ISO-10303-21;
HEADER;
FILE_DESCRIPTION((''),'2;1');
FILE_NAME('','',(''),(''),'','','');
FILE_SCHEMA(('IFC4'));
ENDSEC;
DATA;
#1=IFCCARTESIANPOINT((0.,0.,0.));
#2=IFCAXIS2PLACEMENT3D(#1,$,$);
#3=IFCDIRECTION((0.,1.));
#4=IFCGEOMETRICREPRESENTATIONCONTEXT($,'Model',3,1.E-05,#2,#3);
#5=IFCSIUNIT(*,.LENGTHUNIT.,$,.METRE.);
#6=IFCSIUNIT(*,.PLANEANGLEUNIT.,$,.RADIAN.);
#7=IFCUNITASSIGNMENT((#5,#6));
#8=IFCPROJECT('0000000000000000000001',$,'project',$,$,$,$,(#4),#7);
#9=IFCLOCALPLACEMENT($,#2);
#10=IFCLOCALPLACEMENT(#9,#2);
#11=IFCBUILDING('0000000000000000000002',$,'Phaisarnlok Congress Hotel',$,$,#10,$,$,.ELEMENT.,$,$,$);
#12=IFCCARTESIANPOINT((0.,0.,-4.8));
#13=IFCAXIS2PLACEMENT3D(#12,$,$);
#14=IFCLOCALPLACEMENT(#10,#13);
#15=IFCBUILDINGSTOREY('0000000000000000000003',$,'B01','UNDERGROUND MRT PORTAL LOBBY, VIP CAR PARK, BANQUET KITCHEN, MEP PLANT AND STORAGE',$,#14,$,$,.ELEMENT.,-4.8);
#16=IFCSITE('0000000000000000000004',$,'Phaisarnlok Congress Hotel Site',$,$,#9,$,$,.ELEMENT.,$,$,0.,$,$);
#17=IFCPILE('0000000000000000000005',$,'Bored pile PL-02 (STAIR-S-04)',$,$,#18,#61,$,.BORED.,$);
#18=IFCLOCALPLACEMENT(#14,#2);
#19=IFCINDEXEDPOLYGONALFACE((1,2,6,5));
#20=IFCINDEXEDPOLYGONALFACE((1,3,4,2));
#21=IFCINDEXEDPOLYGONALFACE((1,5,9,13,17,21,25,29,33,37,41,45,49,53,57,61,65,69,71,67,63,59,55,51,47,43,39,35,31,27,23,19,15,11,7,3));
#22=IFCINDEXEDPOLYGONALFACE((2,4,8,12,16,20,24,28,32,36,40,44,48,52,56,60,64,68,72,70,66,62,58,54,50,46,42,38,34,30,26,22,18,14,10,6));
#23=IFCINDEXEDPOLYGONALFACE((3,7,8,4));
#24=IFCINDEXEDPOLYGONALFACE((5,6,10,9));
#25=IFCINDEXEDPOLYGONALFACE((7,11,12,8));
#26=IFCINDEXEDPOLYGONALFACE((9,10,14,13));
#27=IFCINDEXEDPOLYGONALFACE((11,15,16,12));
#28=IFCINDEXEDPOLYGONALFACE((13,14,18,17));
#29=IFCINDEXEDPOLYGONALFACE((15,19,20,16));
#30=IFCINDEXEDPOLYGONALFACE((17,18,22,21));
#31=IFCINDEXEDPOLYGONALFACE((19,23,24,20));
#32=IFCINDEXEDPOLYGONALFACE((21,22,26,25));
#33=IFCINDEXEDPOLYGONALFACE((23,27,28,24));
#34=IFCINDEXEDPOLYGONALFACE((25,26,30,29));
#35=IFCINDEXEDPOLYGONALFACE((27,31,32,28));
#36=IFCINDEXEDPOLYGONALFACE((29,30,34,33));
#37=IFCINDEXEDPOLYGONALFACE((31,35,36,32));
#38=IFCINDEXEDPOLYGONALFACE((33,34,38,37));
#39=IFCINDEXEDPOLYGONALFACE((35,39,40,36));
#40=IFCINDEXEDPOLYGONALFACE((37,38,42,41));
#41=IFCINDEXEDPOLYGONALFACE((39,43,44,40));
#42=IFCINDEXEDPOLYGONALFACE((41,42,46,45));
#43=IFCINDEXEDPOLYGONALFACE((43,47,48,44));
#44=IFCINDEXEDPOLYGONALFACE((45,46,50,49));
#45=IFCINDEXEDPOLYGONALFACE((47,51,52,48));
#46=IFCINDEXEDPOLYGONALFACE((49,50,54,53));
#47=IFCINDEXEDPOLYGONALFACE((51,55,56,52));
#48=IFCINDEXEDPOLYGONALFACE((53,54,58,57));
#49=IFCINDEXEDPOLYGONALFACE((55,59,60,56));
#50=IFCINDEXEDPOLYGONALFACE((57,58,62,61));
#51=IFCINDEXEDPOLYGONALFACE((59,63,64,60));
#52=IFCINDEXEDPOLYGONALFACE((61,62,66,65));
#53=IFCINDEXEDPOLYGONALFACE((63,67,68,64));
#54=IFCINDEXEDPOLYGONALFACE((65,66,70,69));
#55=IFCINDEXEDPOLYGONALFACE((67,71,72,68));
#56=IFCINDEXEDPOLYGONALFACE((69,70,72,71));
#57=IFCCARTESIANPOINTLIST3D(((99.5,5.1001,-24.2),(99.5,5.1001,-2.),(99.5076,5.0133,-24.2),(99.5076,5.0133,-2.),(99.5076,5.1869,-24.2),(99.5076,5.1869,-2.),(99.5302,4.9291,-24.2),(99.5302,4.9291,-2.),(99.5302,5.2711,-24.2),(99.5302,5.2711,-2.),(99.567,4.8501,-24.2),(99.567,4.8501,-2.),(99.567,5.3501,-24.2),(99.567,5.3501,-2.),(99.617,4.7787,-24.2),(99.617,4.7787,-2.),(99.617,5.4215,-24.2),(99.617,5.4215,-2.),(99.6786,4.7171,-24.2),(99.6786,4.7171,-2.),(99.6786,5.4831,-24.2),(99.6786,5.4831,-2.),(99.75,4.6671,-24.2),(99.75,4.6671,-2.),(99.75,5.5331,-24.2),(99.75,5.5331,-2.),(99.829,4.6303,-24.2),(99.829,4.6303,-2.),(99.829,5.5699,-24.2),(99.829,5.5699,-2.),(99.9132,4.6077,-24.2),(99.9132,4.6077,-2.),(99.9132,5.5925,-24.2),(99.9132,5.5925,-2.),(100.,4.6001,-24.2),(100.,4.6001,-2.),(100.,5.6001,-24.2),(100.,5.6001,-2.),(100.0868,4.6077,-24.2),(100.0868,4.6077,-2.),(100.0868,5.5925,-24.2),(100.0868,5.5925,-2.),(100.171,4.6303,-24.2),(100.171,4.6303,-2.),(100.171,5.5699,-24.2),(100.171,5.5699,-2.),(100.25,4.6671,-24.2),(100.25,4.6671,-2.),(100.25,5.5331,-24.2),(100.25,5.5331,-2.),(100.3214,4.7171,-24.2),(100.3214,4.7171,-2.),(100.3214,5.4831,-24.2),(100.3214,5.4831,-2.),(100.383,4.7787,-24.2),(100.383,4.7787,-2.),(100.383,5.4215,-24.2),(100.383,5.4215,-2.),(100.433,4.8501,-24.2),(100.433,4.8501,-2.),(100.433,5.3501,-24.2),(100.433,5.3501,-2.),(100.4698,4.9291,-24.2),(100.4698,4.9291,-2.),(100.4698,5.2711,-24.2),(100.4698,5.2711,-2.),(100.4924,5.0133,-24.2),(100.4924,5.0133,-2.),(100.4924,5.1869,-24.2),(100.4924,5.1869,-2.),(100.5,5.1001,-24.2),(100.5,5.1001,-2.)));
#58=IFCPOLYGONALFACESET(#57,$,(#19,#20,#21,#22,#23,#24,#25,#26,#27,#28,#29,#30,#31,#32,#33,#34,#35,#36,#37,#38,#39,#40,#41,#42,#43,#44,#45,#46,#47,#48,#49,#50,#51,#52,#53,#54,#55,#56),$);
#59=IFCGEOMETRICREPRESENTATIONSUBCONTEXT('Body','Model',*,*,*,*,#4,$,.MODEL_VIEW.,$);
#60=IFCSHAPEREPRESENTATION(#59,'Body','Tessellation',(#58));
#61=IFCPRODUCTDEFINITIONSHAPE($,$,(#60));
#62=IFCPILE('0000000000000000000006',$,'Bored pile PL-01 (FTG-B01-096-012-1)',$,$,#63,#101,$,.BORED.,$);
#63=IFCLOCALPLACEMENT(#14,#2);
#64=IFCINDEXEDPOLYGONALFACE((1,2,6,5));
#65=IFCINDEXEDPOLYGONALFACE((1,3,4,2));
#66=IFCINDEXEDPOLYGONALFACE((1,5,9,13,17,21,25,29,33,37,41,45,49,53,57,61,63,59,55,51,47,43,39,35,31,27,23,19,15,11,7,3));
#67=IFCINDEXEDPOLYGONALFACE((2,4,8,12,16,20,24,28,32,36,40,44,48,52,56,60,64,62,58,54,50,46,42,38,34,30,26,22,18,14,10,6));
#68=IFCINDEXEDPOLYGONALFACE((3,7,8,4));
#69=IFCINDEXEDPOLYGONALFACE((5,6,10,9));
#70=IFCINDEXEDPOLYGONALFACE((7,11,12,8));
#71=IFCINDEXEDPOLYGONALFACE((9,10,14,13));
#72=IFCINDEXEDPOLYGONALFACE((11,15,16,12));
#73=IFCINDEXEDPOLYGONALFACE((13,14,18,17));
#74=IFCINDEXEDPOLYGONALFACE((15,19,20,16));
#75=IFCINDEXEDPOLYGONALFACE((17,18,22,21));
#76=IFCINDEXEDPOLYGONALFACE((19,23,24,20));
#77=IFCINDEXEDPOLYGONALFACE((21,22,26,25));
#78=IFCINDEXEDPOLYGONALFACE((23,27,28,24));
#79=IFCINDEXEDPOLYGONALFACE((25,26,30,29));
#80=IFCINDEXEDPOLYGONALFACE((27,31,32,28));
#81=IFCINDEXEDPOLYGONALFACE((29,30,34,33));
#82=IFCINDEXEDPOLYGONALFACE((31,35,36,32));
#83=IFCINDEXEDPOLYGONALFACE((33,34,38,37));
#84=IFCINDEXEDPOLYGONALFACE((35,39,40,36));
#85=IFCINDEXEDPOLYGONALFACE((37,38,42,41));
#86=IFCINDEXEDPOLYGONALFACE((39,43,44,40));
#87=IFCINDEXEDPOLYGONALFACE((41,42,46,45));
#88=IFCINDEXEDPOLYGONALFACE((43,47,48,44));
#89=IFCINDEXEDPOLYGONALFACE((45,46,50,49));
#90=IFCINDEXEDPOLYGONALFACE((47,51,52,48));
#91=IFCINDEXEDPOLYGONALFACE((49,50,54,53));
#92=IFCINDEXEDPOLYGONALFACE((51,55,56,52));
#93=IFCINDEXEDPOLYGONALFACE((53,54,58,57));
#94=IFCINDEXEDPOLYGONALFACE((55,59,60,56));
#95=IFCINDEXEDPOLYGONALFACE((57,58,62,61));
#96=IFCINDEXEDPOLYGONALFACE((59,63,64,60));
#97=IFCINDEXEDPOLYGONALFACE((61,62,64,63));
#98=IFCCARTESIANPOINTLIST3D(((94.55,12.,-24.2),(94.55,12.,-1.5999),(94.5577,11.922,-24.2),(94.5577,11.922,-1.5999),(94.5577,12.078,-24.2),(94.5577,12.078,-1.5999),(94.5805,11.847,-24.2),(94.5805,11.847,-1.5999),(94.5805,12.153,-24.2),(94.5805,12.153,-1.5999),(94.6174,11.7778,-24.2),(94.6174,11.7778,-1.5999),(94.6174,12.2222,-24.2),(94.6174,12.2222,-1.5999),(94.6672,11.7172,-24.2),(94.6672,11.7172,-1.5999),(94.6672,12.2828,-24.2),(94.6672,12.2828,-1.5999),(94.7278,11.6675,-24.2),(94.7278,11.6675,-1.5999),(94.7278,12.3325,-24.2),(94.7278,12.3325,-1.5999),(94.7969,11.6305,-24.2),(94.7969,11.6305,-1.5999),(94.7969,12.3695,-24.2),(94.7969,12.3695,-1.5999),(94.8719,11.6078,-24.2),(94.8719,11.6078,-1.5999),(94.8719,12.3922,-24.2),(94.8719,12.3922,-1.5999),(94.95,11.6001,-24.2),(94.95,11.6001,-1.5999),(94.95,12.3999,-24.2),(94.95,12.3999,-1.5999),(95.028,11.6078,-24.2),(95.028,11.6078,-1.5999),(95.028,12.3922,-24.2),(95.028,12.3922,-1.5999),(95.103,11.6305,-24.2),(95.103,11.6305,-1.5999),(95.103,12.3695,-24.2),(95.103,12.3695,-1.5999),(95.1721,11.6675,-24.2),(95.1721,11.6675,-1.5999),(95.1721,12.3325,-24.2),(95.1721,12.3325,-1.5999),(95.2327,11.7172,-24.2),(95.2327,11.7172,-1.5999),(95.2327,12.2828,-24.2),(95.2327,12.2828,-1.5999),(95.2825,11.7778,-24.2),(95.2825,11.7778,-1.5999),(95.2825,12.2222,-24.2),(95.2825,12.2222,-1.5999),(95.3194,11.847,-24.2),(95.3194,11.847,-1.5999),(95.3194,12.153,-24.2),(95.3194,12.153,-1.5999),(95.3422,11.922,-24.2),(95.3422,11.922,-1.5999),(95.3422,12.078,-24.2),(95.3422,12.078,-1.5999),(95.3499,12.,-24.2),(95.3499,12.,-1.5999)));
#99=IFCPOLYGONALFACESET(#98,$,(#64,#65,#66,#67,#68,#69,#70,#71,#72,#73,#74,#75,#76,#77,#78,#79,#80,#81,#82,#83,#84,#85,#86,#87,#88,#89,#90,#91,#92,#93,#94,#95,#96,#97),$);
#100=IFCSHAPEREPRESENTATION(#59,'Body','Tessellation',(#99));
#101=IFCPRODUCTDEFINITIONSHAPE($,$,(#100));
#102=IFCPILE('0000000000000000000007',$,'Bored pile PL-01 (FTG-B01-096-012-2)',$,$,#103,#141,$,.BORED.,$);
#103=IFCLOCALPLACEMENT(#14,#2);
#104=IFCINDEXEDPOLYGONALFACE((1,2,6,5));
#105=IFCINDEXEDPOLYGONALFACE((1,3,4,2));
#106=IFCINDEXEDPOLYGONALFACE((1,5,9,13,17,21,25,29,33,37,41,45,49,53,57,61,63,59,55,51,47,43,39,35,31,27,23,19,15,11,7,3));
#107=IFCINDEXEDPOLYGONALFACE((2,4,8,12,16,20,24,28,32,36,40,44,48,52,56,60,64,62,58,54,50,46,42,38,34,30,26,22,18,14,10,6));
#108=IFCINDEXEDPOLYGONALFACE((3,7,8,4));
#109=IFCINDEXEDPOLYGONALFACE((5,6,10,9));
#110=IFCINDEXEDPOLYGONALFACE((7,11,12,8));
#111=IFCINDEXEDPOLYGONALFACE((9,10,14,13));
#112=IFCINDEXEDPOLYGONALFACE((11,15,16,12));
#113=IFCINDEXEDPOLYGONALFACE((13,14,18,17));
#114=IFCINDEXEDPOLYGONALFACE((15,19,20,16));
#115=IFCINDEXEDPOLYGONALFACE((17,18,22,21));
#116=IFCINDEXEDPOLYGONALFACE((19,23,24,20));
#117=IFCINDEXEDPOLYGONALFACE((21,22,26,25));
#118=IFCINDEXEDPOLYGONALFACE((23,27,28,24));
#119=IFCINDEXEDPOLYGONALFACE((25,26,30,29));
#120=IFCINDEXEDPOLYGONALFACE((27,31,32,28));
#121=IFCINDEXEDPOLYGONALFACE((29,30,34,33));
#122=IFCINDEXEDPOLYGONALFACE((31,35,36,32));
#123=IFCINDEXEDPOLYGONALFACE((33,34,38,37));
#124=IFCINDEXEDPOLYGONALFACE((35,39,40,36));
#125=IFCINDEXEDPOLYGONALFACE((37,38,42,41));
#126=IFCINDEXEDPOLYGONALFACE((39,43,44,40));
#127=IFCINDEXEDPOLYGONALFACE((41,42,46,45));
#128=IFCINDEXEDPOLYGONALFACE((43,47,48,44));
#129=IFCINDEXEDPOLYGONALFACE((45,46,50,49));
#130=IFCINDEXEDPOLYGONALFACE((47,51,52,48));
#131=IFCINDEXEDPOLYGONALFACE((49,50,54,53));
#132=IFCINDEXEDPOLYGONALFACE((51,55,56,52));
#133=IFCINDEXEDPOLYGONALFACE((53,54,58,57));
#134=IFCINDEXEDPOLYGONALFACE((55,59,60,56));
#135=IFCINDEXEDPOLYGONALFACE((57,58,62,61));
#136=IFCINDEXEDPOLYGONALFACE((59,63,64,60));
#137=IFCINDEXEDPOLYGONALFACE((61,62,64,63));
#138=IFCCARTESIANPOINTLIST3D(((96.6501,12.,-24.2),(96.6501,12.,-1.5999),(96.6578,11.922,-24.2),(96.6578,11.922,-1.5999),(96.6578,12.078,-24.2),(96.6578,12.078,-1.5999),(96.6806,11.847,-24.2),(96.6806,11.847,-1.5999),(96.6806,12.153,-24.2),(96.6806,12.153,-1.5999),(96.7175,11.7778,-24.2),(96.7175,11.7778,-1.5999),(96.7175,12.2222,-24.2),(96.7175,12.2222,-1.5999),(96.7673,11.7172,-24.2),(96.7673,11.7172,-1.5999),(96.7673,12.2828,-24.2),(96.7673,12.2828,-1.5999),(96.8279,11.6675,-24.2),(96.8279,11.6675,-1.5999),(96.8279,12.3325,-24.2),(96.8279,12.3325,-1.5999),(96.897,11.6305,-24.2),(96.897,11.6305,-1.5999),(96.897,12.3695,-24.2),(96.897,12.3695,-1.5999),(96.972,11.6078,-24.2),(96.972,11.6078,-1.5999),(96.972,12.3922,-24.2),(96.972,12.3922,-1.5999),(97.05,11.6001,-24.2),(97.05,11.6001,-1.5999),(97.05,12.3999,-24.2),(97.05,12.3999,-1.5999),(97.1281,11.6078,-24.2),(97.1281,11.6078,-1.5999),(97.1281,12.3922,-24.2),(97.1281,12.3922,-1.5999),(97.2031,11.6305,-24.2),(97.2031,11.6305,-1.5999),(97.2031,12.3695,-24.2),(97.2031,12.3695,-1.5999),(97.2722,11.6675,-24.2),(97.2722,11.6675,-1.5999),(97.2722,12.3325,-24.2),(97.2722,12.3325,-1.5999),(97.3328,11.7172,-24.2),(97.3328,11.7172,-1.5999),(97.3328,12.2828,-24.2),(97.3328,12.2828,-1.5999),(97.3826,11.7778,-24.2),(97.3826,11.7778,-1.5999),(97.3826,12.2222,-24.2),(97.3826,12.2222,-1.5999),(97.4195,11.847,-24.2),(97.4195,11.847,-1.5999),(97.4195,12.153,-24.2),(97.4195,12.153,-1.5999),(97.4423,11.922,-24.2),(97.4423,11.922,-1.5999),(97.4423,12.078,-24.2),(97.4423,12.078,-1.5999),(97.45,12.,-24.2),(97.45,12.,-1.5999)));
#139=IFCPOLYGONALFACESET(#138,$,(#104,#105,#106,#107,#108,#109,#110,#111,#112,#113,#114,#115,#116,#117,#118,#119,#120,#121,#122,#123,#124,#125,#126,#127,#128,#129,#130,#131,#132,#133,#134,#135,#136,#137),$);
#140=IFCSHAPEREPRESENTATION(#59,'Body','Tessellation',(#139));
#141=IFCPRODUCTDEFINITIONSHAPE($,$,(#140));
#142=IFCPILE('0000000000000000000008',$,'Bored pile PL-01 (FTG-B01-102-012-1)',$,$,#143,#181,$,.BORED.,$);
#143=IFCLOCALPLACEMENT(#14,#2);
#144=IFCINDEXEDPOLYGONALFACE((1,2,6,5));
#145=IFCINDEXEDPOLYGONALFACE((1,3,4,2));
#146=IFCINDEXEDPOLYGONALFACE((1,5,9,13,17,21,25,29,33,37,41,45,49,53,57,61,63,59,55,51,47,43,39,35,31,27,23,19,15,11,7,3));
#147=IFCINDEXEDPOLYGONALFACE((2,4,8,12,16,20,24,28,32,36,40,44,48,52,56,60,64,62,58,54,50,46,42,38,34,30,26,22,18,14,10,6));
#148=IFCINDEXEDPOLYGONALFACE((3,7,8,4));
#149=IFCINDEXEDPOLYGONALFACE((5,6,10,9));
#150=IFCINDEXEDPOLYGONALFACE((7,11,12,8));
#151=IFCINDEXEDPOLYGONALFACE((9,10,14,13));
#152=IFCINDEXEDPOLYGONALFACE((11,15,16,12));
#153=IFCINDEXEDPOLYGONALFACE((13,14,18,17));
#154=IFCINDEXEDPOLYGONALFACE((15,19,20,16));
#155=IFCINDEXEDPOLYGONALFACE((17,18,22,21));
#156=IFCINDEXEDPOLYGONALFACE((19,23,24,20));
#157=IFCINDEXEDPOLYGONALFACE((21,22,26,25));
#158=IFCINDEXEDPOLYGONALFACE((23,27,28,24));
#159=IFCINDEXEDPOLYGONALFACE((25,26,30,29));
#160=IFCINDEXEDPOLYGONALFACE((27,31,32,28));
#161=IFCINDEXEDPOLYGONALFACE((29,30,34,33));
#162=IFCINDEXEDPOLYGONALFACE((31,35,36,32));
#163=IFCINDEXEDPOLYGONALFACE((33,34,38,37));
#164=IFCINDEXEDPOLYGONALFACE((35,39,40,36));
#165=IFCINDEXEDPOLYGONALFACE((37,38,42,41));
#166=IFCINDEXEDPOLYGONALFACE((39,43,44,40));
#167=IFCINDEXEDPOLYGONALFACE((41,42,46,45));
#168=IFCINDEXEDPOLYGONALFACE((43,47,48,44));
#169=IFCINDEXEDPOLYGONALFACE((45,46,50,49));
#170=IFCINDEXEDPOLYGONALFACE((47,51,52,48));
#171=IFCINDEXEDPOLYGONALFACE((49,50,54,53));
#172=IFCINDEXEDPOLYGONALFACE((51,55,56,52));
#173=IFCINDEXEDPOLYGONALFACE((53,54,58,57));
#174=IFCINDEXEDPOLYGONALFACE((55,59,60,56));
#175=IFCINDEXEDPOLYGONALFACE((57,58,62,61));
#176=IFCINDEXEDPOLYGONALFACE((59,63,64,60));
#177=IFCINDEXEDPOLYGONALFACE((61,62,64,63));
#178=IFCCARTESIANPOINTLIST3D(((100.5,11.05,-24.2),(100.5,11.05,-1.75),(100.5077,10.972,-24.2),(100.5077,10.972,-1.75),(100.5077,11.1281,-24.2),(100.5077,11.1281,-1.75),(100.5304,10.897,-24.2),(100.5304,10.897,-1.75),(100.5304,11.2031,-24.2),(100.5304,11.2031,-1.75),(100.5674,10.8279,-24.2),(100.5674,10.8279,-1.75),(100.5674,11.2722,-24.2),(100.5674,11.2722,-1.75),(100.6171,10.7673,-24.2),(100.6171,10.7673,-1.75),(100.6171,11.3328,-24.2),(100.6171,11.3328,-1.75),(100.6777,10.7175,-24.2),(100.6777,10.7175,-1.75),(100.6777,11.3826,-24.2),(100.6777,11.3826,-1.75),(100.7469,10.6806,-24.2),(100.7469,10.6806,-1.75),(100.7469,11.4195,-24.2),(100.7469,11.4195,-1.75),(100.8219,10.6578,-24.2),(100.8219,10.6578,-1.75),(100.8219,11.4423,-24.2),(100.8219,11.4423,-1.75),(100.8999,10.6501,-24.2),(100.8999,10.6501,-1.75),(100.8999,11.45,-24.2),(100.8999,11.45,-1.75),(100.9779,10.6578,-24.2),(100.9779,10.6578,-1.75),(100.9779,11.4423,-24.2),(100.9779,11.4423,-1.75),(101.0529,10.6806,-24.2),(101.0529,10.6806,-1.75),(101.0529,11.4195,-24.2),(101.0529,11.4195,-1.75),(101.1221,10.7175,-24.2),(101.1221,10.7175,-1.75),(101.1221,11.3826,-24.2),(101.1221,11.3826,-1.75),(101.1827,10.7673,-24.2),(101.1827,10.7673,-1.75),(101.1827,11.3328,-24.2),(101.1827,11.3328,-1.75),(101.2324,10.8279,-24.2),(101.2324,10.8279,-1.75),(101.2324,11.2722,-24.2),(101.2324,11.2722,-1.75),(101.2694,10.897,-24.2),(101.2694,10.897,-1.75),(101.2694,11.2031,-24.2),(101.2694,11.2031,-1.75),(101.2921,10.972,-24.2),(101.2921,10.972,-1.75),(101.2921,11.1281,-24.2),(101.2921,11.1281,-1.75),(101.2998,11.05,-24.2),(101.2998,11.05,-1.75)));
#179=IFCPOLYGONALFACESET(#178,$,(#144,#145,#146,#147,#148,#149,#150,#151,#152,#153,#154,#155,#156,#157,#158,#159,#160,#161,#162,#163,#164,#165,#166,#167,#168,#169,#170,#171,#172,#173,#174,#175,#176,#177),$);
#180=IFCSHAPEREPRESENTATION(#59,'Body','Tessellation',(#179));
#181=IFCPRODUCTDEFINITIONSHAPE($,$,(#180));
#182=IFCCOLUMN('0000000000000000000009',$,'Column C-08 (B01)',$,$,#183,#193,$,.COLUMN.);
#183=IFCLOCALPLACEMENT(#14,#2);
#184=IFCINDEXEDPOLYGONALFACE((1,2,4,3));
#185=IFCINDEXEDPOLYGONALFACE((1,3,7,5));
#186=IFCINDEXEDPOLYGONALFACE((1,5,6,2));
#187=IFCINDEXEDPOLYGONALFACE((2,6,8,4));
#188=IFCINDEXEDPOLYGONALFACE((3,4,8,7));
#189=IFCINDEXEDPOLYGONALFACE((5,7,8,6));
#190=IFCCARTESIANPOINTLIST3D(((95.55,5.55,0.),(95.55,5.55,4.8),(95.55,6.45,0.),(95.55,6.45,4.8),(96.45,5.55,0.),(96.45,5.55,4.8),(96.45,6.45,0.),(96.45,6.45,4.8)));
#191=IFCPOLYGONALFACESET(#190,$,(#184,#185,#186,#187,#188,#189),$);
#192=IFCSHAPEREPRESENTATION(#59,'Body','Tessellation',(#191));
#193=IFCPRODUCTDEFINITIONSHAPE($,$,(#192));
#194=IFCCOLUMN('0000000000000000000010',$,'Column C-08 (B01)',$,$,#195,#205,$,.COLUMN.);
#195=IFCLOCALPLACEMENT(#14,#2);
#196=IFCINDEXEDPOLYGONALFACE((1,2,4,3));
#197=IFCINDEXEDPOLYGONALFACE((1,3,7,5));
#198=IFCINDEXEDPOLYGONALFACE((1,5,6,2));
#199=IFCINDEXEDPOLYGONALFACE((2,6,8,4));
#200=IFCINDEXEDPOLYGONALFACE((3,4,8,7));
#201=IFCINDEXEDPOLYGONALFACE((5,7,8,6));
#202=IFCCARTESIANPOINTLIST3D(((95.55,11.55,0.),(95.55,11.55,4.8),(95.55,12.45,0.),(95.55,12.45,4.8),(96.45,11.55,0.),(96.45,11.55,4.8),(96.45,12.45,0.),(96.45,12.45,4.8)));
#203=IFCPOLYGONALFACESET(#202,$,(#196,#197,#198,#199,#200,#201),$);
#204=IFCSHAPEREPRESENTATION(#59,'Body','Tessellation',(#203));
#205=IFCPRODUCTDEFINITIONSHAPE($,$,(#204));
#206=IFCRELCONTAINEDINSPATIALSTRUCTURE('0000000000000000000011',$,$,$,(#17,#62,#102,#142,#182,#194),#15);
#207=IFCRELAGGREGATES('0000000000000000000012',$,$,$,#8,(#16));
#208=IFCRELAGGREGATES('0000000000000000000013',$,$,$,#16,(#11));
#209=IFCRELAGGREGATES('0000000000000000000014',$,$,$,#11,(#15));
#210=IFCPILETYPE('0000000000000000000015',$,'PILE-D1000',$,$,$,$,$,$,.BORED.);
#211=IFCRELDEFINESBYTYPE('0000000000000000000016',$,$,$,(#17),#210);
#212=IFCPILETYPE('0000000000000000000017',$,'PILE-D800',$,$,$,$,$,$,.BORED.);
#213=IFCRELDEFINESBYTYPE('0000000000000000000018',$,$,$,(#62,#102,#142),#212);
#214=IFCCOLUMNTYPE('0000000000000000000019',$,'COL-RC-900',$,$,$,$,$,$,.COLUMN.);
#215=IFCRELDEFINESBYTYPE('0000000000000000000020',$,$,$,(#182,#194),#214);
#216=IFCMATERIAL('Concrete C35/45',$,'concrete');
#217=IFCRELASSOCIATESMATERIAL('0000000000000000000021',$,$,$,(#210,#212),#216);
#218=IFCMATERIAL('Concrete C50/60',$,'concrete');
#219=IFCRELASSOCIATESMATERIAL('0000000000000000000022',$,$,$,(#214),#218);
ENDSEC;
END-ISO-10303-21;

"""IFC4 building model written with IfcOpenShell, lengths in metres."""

from ifc_helpers import new_model, si_unit, direction, frame, origin, origin_2d, place, context, subcontext, project, spatial, rectangle, circle, extrude, material, material_profile, profile_set, type_object, element, save


model = new_model("IFC4")

# Units and contexts
model_context = context("Model", 3, precision=1e-05, world=origin(), true_north=direction((0.0, 1.0)))
body_context = subcontext(model_context, "Body", "Model", "MODEL_VIEW")
ifc_project = project(units=[si_unit("LENGTHUNIT", "METRE"), si_unit("PLANEANGLEUNIT", "RADIAN")], contexts=[model_context])

# Site, building, storey
site_placement = place(None, origin())
site = spatial("IfcSite", under=ifc_project, at=site_placement, Name="Phaisarnlok Congress Hotel Site", CompositionType="ELEMENT", RefElevation=0.0)
building_placement = place(site_placement, origin())
building = spatial("IfcBuilding", under=site, at=building_placement, Name="Phaisarnlok Congress Hotel", CompositionType="ELEMENT")
storey_placement = place(building_placement, frame((0.0, 0.0, -4.8)))
storey = spatial("IfcBuildingStorey", under=building, at=storey_placement, Name="B01", Description="UNDERGROUND MRT PORTAL LOBBY, VIP CAR PARK, BANQUET KITCHEN, MEP PLANT AND STORAGE", CompositionType="ELEMENT", Elevation=-4.8)

# Piles
ifc_material_1 = material(Name="Concrete C35/45", Category="concrete")
ifc_material_profile_1 = material_profile(ifc_material_1, circle(Radius=0.5, at=origin_2d()), Name="BORED PILE D1000")
ifc_profile_set_1 = profile_set([ifc_material_profile_1], Name="Concrete C35/45")
pile_type_1 = type_object("IfcPileType", Name="PILE-D1000", PredefinedType="BORED", material=ifc_profile_set_1)
for number, where, z_axis, x_axis, name in (
    (1, (100.0, 5.1001, -2.0), (0.0, 0.0, -1.0), (1.0, 0.0, 0.0), "Bored pile PL-02 (STAIR-S-04)"),
):
    element("IfcPile", number, at=place(storey_placement, frame(where, z_axis=z_axis, x_axis=x_axis)), inside=storey, type_object=pile_type_1, Name=name, PredefinedType="BORED", context=body_context, shape_type="SweptSolid", body=[
        extrude(circle(Radius=0.5, at=origin_2d()), origin(), (0.0, 0.0, 1.0), 22.2),
    ])
ifc_material_profile_2 = material_profile(ifc_material_1, circle(Radius=0.3999, at=origin_2d()), Name="BORED PILE D800")
ifc_profile_set_2 = profile_set([ifc_material_profile_2], Name="Concrete C35/45")
pile_type_2 = type_object("IfcPileType", Name="PILE-D800", PredefinedType="BORED", material=ifc_profile_set_2)
for number, where, z_axis, x_axis, name in (
    (2, (94.95, 12.0, -1.5999), (0.0, 0.0, -1.0), (1.0, 0.0, 0.0), "Bored pile PL-01 (FTG-B01-096-012-1)"),
    (3, (97.05, 12.0, -1.5999), (0.0, 0.0, -1.0), (1.0, 0.0, 0.0), "Bored pile PL-01 (FTG-B01-096-012-2)"),
):
    element("IfcPile", number, at=place(storey_placement, frame(where, z_axis=z_axis, x_axis=x_axis)), inside=storey, type_object=pile_type_2, Name=name, PredefinedType="BORED", context=body_context, shape_type="SweptSolid", body=[
        extrude(circle(Radius=0.3999, at=origin_2d()), origin(), (0.0, 0.0, 1.0), 22.6001),
    ])
pile_placement = place(storey_placement, frame((100.8999, 11.05, -1.75), z_axis=(0.0, 0.0, -1.0), x_axis=(1.0, 0.0, 0.0)))
element("IfcPile", 4, at=pile_placement, inside=storey, type_object=pile_type_2, Name="Bored pile PL-01 (FTG-B01-102-012-1)", PredefinedType="BORED", context=body_context, shape_type="SweptSolid", body=[
    extrude(circle(Radius=0.3999, at=origin_2d()), origin(), (0.0, 0.0, 1.0), 22.45),
])

# Columns
ifc_material_2 = material(Name="Concrete C50/60", Category="concrete")
ifc_material_profile_3 = material_profile(ifc_material_2, rectangle(XDim=0.8999, YDim=0.8999, at=origin_2d()), Name="RC 900x900")
ifc_profile_set_3 = profile_set([ifc_material_profile_3], Name="Concrete C50/60")
column_type_1 = type_object("IfcColumnType", Name="COL-RC-900", PredefinedType="COLUMN", material=ifc_profile_set_3)
for number, where, z_axis, x_axis, name in (
    (5, (96.0, 6.0, 0.0), (0.0, 0.0, 1.0), (1.0, 0.0, 0.0), "Column C-08 (B01)"),
    (6, (96.0, 12.0, 0.0), (0.0, 0.0, 1.0), (1.0, 0.0, 0.0), "Column C-08 (B01)"),
):
    element("IfcColumn", number, at=place(storey_placement, frame(where, z_axis=z_axis, x_axis=x_axis)), inside=storey, type_object=column_type_1, Name=name, PredefinedType="COLUMN", context=body_context, shape_type="SweptSolid", body=[
        extrude(rectangle(XDim=0.8999, YDim=0.8999, at=origin_2d()), origin(), (0.0, 0.0, 1.0), 4.8),
    ])

save(model, "model.ifc")
